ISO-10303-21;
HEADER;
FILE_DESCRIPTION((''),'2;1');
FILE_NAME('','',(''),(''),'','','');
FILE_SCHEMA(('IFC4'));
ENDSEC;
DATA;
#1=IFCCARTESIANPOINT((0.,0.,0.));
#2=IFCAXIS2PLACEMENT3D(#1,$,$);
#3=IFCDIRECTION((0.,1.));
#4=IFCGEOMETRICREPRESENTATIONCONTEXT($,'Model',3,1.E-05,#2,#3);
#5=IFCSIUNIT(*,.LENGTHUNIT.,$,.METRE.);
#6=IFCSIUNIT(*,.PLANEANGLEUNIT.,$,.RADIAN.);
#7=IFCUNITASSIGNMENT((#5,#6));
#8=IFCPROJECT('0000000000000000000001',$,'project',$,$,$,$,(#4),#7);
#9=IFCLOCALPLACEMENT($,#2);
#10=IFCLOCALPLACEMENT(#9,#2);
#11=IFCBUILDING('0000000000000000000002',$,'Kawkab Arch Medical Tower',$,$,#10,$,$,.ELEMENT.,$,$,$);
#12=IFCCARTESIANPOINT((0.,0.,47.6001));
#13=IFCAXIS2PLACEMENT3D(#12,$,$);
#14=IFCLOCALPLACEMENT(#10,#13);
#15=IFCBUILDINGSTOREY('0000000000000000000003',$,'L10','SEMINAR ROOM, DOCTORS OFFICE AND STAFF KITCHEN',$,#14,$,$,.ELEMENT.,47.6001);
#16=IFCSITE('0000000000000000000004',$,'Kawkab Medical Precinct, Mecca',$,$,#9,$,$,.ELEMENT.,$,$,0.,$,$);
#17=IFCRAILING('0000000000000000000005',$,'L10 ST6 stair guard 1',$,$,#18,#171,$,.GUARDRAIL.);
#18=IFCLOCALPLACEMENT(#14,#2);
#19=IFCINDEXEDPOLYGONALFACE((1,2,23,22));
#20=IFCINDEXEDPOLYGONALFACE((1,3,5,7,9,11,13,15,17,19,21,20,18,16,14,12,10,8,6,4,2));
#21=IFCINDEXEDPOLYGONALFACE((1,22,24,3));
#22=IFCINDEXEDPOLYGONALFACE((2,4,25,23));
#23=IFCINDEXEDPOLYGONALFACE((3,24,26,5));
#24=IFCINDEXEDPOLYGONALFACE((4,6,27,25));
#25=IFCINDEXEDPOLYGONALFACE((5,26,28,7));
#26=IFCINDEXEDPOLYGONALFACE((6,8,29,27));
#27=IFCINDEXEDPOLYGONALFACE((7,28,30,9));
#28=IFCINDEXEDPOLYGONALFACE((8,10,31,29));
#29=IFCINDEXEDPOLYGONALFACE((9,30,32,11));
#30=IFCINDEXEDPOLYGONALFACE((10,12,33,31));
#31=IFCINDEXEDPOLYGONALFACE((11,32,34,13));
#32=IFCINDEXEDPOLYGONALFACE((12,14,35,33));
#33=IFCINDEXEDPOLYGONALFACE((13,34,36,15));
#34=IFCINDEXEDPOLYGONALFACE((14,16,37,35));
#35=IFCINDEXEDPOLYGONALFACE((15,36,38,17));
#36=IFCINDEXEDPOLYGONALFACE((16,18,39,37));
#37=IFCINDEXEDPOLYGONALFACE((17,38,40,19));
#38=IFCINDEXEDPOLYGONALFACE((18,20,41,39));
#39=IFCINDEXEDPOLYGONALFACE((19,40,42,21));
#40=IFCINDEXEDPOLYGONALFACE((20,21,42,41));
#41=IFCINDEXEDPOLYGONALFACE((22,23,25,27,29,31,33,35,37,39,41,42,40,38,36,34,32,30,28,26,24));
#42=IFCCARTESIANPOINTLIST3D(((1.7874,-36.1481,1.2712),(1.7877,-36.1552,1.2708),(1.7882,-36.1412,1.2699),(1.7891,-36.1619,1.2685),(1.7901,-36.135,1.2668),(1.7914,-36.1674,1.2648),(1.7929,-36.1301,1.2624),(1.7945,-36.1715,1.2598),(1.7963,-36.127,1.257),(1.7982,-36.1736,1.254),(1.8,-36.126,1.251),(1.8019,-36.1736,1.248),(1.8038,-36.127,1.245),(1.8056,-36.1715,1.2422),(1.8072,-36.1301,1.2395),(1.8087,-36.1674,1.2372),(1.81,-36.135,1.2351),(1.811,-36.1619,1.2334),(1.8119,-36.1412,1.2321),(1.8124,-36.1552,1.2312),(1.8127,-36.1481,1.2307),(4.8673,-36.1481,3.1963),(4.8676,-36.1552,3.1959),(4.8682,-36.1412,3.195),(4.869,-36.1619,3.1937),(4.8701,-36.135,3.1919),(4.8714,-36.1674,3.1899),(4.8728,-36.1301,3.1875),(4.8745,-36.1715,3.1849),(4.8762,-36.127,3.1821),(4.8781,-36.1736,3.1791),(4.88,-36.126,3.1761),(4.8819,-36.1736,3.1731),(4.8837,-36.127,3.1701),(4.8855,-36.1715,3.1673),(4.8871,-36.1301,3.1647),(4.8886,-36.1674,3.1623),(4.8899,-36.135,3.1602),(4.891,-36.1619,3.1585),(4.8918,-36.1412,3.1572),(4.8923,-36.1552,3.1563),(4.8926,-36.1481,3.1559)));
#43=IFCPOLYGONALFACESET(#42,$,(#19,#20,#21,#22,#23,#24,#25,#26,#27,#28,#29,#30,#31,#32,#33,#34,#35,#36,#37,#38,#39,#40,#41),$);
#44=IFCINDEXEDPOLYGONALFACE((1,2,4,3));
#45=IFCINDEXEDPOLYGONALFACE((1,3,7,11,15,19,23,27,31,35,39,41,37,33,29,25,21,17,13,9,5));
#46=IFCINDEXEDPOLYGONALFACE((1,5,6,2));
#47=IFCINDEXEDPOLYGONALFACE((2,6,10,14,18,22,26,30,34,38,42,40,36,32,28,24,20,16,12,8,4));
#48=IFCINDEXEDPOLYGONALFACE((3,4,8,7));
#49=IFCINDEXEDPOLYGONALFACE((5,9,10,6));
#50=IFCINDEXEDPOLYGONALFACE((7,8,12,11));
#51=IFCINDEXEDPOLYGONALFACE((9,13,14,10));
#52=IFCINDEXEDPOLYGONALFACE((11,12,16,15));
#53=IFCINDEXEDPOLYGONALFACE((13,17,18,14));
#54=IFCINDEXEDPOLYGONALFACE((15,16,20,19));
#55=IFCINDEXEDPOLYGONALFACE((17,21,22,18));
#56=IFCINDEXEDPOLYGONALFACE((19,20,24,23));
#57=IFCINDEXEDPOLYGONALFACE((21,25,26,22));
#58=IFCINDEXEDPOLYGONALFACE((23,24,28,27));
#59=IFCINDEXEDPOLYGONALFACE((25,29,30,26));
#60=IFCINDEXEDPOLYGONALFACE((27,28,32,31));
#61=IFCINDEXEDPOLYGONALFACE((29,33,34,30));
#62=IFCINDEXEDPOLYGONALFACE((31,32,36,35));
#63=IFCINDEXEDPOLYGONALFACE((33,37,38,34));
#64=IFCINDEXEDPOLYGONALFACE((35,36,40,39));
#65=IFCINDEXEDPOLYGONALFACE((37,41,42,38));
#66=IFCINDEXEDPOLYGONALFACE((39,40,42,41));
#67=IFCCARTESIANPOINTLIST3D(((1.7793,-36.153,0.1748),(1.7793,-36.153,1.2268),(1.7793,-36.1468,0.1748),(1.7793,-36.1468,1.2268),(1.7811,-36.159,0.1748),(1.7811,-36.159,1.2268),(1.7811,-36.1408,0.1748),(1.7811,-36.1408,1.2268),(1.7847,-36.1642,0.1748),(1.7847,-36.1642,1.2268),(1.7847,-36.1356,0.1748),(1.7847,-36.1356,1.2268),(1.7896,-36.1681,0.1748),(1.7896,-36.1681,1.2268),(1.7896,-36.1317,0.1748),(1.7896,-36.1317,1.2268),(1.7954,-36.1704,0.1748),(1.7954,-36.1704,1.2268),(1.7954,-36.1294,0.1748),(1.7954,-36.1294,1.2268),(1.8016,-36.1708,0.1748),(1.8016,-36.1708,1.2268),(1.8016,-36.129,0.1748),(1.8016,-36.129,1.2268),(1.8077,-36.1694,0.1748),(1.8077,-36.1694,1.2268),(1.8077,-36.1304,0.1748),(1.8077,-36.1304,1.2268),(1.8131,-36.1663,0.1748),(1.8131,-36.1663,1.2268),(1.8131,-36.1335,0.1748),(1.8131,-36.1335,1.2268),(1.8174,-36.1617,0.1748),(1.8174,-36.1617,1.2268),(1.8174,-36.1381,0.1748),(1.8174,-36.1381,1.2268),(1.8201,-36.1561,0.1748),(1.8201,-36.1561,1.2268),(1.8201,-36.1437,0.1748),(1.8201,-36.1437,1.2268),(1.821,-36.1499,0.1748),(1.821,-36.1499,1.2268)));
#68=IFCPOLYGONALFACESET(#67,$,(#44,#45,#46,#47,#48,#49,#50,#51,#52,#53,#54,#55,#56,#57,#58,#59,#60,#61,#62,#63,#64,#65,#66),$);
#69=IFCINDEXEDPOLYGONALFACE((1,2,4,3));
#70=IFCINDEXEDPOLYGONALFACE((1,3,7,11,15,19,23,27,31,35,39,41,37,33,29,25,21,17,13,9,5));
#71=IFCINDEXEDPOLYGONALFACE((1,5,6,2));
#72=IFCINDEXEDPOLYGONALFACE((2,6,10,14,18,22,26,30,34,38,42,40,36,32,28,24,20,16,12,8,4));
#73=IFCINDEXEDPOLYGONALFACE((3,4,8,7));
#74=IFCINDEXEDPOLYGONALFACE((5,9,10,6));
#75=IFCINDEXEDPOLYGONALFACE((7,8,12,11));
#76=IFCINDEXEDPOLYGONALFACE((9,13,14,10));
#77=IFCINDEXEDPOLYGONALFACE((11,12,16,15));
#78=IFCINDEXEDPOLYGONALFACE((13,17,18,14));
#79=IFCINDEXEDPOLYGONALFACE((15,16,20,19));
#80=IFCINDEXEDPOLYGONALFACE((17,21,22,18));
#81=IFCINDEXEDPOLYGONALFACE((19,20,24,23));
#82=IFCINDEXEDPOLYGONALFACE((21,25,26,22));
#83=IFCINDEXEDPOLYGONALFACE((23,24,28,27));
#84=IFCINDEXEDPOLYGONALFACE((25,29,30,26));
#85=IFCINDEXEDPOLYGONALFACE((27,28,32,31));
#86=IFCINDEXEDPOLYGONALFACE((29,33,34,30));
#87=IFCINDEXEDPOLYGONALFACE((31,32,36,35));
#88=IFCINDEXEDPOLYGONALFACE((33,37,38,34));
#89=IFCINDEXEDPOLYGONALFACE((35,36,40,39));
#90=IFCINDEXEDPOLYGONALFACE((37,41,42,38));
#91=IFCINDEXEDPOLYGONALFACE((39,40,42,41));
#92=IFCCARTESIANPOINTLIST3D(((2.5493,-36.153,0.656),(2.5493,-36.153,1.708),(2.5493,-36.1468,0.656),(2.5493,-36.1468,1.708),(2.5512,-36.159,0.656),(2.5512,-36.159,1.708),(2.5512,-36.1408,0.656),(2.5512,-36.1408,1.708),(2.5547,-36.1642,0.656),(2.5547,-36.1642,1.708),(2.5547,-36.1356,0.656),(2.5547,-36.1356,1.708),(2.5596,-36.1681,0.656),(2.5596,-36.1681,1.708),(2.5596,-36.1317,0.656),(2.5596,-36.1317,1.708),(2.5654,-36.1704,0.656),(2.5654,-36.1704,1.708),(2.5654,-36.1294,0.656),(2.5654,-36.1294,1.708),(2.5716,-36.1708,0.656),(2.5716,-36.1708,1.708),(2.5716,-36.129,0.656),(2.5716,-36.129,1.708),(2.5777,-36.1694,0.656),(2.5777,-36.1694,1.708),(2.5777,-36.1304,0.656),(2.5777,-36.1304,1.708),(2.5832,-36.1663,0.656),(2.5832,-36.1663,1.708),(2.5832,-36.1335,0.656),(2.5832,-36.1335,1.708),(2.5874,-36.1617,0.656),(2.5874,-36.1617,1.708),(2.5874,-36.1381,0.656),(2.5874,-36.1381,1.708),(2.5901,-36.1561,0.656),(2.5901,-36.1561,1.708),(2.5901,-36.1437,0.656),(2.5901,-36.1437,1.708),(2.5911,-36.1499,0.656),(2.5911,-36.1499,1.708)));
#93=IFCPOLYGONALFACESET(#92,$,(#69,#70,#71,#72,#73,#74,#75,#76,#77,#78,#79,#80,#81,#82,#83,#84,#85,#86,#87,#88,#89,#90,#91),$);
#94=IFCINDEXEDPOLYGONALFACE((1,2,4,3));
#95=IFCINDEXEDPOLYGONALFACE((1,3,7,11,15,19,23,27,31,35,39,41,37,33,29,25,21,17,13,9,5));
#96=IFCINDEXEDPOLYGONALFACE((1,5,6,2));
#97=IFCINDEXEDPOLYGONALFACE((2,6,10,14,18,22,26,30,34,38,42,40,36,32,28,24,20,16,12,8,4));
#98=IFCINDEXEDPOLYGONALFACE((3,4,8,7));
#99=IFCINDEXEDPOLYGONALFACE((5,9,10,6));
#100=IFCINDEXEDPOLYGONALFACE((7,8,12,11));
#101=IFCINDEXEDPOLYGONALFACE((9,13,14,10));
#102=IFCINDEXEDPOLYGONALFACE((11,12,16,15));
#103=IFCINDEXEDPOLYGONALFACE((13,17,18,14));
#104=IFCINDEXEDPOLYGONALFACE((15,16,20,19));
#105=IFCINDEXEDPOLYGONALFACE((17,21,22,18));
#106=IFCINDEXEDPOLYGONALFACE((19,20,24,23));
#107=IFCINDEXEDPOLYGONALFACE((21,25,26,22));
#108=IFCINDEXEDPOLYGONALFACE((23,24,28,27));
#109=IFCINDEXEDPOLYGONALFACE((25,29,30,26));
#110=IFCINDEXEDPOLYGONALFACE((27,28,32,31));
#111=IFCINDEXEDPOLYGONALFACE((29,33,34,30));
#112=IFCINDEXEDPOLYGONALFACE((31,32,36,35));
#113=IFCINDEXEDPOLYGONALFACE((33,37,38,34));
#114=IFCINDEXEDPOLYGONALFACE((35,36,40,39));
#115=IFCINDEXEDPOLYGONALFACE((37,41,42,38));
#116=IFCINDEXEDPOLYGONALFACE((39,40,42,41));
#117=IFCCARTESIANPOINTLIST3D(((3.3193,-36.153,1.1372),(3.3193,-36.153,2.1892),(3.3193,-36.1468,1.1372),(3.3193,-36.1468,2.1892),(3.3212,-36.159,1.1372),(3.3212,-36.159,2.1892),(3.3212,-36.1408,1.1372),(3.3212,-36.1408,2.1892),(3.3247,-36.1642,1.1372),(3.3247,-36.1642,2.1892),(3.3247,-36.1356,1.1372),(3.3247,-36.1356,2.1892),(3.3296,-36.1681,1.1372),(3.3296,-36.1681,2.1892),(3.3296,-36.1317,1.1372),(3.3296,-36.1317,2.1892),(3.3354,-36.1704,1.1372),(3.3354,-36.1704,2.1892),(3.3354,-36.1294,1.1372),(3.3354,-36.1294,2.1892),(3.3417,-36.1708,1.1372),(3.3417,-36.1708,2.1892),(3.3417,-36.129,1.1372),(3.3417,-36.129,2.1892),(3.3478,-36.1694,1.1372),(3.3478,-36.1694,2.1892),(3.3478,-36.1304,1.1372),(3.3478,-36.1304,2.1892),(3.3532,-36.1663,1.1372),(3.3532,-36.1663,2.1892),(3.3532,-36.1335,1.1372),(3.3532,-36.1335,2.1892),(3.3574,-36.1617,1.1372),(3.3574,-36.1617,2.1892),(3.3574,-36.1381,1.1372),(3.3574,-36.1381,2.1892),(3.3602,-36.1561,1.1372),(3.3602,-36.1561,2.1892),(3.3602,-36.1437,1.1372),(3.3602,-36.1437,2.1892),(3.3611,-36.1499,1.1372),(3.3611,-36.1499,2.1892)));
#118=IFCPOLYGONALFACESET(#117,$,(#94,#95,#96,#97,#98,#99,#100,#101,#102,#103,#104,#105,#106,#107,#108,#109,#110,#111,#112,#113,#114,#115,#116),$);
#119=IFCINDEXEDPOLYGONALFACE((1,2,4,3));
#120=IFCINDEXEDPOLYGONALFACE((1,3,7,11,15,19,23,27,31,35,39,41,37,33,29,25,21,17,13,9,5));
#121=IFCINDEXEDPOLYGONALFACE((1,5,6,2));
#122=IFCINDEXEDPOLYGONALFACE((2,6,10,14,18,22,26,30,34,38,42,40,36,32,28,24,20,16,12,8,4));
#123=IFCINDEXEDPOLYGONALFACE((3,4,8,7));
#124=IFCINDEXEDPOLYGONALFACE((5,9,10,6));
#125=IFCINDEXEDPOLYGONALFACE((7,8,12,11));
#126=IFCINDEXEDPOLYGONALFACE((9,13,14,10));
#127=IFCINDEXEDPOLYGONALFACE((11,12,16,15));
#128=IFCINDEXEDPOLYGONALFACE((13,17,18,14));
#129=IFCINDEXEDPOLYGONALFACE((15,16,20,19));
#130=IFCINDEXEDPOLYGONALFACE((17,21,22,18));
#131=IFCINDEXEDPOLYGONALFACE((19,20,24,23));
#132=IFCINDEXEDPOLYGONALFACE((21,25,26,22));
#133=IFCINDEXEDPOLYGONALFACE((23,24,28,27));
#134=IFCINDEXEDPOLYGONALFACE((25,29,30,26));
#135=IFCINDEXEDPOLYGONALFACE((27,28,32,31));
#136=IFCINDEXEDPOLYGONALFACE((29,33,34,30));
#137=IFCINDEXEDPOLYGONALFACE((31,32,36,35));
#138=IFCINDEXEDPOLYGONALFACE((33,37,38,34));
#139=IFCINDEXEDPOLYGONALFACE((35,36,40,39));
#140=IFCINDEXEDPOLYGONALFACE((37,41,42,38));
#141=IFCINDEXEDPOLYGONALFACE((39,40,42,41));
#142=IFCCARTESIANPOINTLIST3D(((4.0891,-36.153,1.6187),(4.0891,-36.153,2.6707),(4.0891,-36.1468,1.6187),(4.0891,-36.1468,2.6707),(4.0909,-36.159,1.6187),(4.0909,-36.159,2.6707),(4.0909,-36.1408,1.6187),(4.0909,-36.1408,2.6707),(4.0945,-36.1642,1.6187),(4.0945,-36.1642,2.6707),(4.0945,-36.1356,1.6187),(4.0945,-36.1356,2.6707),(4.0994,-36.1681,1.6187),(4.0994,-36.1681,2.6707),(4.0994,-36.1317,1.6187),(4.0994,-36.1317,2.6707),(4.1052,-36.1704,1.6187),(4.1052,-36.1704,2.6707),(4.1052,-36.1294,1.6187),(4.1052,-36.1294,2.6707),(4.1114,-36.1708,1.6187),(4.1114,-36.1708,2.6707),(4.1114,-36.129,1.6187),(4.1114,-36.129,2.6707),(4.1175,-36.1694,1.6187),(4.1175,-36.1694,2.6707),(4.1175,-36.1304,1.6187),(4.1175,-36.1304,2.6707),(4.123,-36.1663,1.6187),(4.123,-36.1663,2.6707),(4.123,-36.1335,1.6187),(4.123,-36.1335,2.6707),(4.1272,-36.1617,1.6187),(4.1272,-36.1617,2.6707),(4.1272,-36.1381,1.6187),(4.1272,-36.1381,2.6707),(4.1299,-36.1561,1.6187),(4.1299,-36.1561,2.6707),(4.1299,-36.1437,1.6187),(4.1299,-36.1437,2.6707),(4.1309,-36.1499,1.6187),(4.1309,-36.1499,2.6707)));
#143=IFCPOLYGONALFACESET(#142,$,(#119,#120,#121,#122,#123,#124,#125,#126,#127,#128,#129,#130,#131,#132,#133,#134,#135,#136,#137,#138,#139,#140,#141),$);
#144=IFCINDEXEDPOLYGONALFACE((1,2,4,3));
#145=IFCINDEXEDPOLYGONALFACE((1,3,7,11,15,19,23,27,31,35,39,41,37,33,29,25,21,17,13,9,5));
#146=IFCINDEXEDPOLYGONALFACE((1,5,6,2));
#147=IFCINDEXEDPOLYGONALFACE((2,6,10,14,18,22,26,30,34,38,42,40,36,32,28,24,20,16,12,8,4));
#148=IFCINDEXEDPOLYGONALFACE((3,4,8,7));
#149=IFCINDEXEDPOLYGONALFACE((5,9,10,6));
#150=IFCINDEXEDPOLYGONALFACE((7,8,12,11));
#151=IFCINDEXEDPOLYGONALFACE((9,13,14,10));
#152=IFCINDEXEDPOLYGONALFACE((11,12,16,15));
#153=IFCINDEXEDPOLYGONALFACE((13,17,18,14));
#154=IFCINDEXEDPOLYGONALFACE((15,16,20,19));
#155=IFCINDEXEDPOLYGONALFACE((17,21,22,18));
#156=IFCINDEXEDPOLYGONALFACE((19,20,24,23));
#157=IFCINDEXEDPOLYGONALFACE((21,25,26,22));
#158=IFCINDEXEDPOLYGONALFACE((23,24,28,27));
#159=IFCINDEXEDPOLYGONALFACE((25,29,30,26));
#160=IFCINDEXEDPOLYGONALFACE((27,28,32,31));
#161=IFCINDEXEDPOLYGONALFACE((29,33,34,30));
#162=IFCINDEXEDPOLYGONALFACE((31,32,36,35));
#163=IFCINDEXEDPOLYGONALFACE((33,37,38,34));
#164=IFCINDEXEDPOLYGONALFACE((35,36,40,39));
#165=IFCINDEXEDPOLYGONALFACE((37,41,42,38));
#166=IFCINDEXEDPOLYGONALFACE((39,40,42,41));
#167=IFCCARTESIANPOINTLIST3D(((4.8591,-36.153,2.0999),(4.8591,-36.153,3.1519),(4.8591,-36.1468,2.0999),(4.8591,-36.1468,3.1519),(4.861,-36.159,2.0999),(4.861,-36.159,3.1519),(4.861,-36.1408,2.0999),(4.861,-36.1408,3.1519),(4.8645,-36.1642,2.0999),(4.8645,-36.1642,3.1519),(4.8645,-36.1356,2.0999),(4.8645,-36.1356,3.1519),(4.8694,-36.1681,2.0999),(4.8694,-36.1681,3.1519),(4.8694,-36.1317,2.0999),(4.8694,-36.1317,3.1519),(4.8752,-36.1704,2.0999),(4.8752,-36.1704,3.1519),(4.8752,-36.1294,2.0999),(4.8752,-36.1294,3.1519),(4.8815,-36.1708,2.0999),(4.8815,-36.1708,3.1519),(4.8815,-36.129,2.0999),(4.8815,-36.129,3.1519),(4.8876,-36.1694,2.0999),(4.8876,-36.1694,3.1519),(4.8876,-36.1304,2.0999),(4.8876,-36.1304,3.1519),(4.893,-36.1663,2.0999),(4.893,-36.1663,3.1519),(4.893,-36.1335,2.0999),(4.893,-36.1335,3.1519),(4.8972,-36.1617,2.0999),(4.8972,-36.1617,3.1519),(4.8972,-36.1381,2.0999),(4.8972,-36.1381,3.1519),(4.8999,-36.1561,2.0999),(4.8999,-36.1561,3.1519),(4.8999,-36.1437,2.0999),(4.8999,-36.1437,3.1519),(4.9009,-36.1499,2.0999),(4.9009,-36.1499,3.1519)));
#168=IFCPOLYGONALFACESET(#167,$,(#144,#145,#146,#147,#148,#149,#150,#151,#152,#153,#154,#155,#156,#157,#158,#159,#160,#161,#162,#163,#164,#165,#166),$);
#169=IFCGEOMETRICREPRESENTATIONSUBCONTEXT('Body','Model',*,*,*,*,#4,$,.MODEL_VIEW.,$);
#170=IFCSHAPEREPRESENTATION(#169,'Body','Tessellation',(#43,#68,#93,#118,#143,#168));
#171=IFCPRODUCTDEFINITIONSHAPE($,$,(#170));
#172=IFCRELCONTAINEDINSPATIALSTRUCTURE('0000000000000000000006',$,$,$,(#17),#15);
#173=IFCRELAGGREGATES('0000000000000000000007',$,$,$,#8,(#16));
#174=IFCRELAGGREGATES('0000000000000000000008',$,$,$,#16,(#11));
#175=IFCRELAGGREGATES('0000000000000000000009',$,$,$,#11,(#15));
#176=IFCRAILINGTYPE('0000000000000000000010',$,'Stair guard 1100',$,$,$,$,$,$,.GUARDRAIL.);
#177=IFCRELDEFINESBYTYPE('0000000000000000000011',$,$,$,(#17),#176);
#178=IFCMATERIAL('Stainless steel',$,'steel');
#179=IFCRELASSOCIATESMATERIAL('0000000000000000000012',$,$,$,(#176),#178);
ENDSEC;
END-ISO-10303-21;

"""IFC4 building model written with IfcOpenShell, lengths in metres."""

from ifc_helpers import new_model, si_unit, direction, frame, origin, origin_2d, place, context, subcontext, project, spatial, circle, extrude, material, type_object, element, save


model = new_model("IFC4")

# Units and contexts
model_context = context("Model", 3, precision=1e-05, world=origin(), true_north=direction((0.0, 1.0)))
body_context = subcontext(model_context, "Body", "Model", "MODEL_VIEW")
ifc_project = project(units=[si_unit("LENGTHUNIT", "METRE"), si_unit("PLANEANGLEUNIT", "RADIAN")], contexts=[model_context])

# Site, building, storey
site_placement = place(None, origin())
site = spatial("IfcSite", under=ifc_project, at=site_placement, Name="Kawkab Medical Precinct, Mecca", CompositionType="ELEMENT", RefElevation=0.0)
building_placement = place(site_placement, origin())
building = spatial("IfcBuilding", under=site, at=building_placement, Name="Kawkab Arch Medical Tower", CompositionType="ELEMENT")
storey_placement = place(building_placement, frame((0.0, 0.0, 47.6001)))
storey = spatial("IfcBuildingStorey", under=building, at=storey_placement, Name="L10", Description="SEMINAR ROOM, DOCTORS OFFICE AND STAFF KITCHEN", CompositionType="ELEMENT", Elevation=47.6001)

# Railing
ifc_material_1 = material(Name="Stainless steel", Category="steel")
railing_type_1 = type_object("IfcRailingType", Name="Stair guard 1100", PredefinedType="GUARDRAIL", material=ifc_material_1)
railing_1_placement = place(storey_placement, frame((1.8, -36.1499, 0.1748)))
element("IfcRailing", 1, at=railing_1_placement, inside=storey, type_object=railing_type_1, Name="L10 ST6 stair guard 1", PredefinedType="GUARDRAIL", context=body_context, shape_type="SweptSolid", body=[
    extrude(circle(Radius=0.0239, at=origin_2d()), frame((0.0, 0.0, 1.0762), z_axis=(0.847979, 0.0, 0.530029), x_axis=(0.0, 1.0, 0.0)), (0.0, 0.0, 1.0), 3.6321),
    extrude(circle(Radius=0.021, at=origin_2d()), origin(), (0.0, 0.0, 1.0), 1.052),
    extrude(circle(Radius=0.021, at=origin_2d()), frame((0.77, 0.0, 0.4812)), (0.0, 0.0, 1.0), 1.052),
    extrude(circle(Radius=0.021, at=origin_2d()), frame((1.54, 0.0, 0.9624)), (0.0, 0.0, 1.0), 1.052),
    extrude(circle(Radius=0.021, at=origin_2d()), frame((2.3098, 0.0, 1.4438)), (0.0, 0.0, 1.0), 1.052),
    extrude(circle(Radius=0.021, at=origin_2d()), frame((3.0798, 0.0, 1.925)), (0.0, 0.0, 1.0), 1.052),
])

save(model, "model.ifc")
